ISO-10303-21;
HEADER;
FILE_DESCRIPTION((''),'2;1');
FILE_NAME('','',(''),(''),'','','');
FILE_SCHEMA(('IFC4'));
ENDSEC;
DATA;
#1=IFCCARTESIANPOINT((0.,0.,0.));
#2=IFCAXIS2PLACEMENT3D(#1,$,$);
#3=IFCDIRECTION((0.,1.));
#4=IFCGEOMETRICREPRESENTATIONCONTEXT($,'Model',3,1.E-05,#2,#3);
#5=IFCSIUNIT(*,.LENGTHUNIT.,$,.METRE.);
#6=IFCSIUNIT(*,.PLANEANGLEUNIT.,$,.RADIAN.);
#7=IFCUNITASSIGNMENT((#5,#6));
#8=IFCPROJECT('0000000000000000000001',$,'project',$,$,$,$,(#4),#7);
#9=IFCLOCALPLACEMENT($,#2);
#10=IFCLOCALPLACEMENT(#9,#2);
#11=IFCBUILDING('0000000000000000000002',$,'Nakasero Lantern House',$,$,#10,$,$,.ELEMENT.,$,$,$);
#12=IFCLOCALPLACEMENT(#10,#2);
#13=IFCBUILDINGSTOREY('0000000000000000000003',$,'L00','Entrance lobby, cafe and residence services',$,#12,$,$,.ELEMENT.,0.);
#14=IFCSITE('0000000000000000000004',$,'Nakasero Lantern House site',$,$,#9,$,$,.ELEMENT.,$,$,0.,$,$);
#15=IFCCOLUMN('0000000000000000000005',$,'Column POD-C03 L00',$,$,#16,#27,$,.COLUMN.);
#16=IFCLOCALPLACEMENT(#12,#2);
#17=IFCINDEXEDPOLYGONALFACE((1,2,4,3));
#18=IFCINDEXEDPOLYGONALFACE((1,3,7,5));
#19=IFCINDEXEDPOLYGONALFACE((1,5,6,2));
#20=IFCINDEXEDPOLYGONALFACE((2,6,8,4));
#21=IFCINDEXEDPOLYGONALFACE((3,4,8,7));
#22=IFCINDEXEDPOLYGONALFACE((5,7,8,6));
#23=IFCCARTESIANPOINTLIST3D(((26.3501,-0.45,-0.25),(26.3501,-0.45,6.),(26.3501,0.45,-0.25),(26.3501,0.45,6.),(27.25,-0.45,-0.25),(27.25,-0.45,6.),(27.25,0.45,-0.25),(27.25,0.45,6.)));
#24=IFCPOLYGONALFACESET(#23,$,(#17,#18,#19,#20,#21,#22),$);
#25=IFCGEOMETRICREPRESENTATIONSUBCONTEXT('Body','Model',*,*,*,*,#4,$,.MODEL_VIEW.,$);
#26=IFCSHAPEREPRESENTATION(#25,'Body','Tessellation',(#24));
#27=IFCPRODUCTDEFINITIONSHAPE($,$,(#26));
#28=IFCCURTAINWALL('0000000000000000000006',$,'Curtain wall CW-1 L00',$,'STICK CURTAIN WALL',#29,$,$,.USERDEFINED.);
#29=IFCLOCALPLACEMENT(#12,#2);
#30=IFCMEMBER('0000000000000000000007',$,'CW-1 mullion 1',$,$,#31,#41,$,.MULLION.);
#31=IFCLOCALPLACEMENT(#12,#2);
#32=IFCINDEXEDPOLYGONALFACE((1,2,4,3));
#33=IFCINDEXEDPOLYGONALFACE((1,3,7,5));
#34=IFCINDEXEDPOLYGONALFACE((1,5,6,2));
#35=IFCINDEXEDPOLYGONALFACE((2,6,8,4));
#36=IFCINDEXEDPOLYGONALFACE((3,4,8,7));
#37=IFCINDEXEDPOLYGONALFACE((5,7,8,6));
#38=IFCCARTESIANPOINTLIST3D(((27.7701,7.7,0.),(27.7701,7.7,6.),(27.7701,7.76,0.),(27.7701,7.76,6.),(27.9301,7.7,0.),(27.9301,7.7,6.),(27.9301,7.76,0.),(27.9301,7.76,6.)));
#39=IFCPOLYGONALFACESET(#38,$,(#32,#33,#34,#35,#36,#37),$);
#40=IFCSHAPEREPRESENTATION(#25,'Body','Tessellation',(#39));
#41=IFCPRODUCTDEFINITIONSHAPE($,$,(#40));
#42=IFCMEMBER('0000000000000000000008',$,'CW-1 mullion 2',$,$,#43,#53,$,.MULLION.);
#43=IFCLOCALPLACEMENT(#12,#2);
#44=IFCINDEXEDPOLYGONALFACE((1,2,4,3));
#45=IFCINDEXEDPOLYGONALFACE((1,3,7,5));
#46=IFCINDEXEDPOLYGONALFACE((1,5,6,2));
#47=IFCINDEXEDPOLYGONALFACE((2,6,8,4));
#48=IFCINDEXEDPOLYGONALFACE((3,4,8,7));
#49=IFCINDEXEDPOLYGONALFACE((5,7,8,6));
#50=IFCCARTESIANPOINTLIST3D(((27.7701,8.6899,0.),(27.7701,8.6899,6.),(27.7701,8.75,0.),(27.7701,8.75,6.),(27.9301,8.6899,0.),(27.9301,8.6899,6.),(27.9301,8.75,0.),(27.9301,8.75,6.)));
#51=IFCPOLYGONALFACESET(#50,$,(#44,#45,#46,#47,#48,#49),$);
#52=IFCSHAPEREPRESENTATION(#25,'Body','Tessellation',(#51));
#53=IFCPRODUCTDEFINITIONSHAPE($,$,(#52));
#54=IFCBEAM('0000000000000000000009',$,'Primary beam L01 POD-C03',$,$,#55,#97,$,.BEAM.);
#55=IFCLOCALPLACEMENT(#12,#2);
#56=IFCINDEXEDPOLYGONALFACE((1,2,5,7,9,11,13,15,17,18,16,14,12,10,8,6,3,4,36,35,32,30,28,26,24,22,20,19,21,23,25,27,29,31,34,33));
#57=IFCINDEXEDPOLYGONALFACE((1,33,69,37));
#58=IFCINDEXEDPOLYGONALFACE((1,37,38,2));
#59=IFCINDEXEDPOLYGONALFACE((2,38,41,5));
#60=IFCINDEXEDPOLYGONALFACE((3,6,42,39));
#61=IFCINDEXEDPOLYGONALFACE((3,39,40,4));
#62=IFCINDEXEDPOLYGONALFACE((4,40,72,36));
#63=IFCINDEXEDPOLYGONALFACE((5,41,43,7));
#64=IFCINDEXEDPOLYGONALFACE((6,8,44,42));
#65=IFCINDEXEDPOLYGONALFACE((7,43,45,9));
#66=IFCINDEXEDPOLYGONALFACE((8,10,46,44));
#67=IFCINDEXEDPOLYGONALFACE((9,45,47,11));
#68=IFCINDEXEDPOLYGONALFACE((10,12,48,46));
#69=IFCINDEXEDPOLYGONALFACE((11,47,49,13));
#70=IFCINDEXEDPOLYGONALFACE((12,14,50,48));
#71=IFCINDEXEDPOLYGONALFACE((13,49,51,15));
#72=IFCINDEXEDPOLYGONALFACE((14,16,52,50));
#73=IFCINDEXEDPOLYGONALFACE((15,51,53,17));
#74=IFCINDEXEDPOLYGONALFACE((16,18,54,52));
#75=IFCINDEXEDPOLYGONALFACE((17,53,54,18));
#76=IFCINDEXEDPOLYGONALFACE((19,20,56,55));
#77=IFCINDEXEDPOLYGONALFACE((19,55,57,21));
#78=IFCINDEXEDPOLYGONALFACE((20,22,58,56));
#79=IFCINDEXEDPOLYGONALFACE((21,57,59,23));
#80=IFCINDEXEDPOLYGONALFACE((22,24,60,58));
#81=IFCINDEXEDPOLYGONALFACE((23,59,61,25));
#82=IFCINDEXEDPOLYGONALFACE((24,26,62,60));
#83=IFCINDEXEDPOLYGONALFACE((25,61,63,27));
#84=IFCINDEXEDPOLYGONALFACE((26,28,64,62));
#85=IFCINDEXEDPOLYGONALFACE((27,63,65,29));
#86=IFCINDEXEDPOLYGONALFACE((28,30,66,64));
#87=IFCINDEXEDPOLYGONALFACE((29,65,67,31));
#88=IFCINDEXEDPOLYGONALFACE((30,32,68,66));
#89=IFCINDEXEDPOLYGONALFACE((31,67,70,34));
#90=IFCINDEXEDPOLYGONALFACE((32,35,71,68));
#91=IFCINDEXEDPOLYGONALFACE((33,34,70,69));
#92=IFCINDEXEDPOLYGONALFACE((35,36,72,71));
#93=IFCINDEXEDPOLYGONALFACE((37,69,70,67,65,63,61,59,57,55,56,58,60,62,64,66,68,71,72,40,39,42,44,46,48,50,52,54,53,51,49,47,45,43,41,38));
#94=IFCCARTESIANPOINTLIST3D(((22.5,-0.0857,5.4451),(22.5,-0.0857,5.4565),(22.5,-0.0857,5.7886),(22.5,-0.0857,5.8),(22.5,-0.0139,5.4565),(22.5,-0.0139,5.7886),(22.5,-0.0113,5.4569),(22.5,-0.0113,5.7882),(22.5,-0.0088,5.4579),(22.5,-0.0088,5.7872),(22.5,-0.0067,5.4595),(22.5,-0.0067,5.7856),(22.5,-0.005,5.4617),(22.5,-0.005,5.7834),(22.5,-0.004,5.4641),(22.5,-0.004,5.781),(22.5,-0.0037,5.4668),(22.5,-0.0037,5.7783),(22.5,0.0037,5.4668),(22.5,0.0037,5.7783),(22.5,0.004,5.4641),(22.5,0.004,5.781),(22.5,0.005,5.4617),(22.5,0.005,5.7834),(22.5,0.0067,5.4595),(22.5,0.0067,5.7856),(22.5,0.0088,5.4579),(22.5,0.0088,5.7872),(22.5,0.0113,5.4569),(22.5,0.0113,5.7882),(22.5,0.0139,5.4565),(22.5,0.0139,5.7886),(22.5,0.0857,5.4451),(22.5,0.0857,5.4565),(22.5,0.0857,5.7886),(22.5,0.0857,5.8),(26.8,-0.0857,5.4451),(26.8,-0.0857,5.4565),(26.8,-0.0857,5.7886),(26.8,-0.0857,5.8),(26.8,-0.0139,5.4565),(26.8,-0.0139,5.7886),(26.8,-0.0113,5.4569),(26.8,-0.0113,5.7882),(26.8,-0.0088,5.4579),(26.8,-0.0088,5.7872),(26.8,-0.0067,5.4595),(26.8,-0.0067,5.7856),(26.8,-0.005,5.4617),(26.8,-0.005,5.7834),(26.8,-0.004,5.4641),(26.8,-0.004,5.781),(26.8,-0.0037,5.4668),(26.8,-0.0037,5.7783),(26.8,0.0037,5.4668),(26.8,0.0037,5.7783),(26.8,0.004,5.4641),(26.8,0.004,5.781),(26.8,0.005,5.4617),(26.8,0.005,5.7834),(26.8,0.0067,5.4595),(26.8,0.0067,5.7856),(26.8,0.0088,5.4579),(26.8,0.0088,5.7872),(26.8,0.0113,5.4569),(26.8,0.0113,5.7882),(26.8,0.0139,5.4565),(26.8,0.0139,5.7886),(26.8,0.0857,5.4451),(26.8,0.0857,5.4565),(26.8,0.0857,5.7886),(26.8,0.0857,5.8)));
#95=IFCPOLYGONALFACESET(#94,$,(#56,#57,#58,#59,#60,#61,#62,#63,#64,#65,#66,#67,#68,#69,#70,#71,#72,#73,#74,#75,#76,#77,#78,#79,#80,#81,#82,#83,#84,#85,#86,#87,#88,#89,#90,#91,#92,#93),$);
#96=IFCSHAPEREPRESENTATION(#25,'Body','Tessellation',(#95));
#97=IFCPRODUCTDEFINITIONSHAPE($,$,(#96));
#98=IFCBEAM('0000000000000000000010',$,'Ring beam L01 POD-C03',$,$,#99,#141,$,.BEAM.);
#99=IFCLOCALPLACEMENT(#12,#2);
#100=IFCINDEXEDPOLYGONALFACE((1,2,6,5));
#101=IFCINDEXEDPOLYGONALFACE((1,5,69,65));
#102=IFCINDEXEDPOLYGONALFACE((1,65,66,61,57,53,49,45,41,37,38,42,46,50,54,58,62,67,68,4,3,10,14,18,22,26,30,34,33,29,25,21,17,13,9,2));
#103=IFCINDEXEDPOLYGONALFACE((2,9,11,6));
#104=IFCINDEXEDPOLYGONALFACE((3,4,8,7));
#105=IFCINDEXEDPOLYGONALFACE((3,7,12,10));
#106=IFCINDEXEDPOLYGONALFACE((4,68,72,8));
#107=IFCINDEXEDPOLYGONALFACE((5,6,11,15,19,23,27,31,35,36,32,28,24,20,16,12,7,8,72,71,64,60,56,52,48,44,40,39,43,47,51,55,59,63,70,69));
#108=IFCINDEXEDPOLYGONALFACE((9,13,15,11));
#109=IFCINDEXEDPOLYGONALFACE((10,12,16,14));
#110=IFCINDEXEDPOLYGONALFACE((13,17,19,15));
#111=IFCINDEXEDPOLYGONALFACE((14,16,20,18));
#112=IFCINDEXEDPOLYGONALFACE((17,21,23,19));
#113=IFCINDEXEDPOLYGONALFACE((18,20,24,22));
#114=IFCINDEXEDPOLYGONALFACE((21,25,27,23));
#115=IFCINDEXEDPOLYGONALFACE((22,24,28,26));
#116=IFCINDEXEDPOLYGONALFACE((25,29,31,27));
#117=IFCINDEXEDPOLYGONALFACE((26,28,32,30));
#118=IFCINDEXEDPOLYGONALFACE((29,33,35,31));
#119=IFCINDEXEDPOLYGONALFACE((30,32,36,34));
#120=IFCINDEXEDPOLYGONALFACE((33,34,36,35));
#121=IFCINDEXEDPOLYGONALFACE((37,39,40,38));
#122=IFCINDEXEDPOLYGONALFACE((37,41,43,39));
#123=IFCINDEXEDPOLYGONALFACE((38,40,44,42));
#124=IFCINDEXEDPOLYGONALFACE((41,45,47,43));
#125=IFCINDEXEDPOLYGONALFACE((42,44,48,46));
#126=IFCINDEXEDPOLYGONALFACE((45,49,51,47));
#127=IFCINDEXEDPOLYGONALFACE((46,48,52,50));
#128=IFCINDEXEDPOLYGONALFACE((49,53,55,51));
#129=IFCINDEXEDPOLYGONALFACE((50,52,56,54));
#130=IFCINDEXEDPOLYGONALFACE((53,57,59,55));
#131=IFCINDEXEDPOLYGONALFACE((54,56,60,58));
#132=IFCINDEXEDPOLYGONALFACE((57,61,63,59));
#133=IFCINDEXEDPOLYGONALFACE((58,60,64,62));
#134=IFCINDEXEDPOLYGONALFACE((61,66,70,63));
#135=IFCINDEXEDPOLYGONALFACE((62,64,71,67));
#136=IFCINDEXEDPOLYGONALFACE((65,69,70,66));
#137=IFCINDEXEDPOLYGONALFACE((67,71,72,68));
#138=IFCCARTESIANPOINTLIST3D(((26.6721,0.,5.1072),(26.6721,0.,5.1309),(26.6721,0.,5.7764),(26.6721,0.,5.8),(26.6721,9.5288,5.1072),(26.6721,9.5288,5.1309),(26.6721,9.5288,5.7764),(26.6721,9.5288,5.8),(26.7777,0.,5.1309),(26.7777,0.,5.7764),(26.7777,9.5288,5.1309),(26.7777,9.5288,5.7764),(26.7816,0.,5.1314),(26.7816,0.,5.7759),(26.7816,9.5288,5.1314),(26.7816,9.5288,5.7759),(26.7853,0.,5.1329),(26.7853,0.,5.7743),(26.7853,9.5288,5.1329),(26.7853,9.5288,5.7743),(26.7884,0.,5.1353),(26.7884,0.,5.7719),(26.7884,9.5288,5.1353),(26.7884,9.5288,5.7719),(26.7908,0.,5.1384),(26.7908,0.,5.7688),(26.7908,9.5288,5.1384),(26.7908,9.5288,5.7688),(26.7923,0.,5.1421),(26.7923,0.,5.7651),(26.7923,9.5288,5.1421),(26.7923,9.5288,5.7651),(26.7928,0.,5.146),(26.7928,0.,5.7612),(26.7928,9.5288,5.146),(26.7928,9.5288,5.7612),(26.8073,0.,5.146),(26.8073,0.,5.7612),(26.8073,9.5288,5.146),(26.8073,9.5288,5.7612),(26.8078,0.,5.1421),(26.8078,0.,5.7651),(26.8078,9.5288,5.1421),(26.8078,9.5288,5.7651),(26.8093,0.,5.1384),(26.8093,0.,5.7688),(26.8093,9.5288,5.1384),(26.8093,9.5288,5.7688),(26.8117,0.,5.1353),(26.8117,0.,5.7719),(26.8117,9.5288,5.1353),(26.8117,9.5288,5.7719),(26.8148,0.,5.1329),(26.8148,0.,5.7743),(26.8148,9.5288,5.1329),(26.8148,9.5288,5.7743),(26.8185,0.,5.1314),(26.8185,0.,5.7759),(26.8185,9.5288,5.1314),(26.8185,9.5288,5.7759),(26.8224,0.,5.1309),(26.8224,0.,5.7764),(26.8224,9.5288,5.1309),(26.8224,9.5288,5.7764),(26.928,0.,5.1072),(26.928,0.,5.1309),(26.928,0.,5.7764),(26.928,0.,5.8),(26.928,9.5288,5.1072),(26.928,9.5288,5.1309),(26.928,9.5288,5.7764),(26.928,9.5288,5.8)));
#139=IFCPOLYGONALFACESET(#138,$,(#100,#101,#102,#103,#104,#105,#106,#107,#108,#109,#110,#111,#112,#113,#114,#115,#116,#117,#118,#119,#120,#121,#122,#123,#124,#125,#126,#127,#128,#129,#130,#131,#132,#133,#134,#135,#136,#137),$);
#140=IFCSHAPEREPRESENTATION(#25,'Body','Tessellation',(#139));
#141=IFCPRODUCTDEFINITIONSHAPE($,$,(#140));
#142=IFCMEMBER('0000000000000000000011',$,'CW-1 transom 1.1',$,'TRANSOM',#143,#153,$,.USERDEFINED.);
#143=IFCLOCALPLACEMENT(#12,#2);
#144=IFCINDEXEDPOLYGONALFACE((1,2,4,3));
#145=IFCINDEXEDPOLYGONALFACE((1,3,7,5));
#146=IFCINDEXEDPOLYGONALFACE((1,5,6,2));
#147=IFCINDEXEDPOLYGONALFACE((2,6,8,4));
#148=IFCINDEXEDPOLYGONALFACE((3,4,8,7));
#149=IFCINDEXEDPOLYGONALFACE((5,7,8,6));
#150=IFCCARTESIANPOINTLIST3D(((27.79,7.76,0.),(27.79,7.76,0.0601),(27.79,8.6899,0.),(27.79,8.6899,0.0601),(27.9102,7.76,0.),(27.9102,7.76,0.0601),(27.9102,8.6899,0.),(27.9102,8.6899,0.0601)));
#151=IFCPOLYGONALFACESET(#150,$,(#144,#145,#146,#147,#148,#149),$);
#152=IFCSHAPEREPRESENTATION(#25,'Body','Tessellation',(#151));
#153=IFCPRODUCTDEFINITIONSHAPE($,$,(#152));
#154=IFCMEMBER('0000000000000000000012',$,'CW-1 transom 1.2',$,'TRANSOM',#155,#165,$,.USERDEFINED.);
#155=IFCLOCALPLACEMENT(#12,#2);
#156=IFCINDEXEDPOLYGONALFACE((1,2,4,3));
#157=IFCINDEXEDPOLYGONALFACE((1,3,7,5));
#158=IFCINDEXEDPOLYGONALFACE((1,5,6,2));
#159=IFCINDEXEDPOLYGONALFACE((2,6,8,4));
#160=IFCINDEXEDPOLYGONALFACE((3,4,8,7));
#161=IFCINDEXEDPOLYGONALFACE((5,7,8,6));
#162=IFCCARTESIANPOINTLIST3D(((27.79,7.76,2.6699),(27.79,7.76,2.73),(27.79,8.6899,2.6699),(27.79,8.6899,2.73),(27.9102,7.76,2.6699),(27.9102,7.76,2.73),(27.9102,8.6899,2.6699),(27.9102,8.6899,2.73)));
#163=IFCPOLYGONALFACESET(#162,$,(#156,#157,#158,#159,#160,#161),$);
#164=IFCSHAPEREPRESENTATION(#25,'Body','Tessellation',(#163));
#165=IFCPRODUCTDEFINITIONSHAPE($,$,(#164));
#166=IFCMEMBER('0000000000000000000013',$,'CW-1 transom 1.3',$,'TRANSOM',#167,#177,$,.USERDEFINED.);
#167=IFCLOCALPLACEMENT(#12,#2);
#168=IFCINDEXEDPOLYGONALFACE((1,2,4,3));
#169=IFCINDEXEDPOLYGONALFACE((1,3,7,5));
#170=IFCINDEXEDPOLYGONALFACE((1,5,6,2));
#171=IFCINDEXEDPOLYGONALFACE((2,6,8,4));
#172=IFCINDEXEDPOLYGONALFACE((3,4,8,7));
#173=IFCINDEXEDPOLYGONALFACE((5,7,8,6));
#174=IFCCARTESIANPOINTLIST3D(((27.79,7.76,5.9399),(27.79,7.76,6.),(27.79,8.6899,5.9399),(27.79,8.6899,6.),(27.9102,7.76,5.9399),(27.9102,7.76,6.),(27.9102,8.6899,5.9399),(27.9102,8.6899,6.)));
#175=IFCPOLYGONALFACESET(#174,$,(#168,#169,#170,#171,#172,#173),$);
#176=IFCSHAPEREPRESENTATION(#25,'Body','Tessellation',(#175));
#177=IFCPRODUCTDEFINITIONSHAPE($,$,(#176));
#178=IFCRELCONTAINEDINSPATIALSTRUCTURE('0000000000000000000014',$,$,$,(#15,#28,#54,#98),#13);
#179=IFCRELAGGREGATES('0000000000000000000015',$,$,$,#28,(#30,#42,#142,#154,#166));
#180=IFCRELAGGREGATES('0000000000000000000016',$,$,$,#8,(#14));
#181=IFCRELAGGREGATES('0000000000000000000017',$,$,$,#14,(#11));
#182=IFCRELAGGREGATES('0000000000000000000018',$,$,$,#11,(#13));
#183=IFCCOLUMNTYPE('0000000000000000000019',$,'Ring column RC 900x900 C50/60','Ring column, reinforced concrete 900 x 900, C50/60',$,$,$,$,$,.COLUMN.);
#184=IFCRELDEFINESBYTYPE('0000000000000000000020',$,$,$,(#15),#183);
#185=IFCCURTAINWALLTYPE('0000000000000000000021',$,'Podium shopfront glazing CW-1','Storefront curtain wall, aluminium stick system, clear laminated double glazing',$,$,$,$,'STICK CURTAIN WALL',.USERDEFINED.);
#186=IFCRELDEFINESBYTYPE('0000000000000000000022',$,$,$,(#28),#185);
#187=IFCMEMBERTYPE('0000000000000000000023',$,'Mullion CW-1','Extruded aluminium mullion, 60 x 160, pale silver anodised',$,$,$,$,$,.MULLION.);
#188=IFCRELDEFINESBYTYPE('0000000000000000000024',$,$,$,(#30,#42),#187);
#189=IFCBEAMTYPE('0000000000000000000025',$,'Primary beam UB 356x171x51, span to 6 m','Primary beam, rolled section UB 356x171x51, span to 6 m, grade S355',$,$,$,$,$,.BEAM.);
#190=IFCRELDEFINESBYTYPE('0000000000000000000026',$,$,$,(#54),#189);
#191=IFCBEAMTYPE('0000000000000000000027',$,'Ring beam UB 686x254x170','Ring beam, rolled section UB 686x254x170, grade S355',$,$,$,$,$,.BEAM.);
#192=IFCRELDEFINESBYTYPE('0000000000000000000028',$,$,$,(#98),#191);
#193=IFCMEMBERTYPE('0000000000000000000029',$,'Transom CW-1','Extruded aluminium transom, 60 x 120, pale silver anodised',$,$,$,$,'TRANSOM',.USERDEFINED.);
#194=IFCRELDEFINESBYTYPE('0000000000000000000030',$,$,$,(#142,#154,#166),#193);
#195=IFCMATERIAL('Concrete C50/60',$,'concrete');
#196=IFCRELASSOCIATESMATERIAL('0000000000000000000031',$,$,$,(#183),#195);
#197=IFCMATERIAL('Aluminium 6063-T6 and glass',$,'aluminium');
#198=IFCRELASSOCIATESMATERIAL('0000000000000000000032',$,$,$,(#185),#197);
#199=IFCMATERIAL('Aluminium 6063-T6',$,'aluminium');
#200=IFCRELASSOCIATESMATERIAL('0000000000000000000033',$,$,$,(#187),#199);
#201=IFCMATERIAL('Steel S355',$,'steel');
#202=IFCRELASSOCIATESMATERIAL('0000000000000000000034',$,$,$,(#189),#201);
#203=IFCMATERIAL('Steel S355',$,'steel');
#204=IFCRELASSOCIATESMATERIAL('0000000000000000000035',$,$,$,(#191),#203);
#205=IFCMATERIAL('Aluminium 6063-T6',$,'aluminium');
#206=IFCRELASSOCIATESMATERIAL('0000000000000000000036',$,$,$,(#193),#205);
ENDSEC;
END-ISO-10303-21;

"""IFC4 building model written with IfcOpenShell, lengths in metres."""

from ifc_helpers import new_model, si_unit, direction, frame, origin, origin_2d, place, context, subcontext, project, spatial, rectangle, i_section, extrude, material, material_profile, profile_set, type_object, element, aggregate, save


model = new_model("IFC4")

# Units and contexts
model_context = context("Model", 3, precision=1e-05, world=origin(), true_north=direction((0.0, 1.0)))
body_context = subcontext(model_context, "Body", "Model", "MODEL_VIEW")
ifc_project = project(units=[si_unit("LENGTHUNIT", "METRE"), si_unit("PLANEANGLEUNIT", "RADIAN")], contexts=[model_context])

# Site, building, storey
site_placement = place(None, origin())
site = spatial("IfcSite", under=ifc_project, at=site_placement, Name="Nakasero Lantern House site", CompositionType="ELEMENT", RefElevation=0.0)
building_placement = place(site_placement, origin())
building = spatial("IfcBuilding", under=site, at=building_placement, Name="Nakasero Lantern House", CompositionType="ELEMENT")
storey_placement = place(building_placement, origin())
storey = spatial("IfcBuildingStorey", under=building, at=storey_placement, Name="L00", Description="Entrance lobby, cafe and residence services", CompositionType="ELEMENT", Elevation=0.0)

# Column
ifc_material_1 = material(Name="Concrete C50/60", Category="concrete")
ifc_material_profile_1 = material_profile(ifc_material_1, rectangle(XDim=0.8999, YDim=0.8999, at=origin_2d()), Name="RC 900x900")
ifc_profile_set_1 = profile_set([ifc_material_profile_1], Name="Concrete C50/60")
column_type = type_object("IfcColumnType", Name="Ring column RC 900x900 C50/60", Description="Ring column, reinforced concrete 900 x 900, C50/60", PredefinedType="COLUMN", material=ifc_profile_set_1)
column_placement = place(storey_placement, frame((26.8, 0.0, -0.25), z_axis=(0.0, 0.0, 1.0), x_axis=(1.0, 0.0, 0.0)))
element("IfcColumn", 1, at=column_placement, inside=storey, type_object=column_type, Name="Column POD-C03 L00", PredefinedType="COLUMN", context=body_context, shape_type="SweptSolid", body=[
    extrude(rectangle(XDim=0.8999, YDim=0.8999, at=origin_2d()), origin(), (0.0, 0.0, 1.0), 6.25),
])

# Curtain wall, members
ifc_material_2 = material(Name="Aluminium 6063-T6 and glass", Category="aluminium")
curtain_wall_type = type_object("IfcCurtainWallType", Name="Podium shopfront glazing CW-1", Description="Storefront curtain wall, aluminium stick system, clear laminated double glazing", ElementType="STICK CURTAIN WALL", PredefinedType="USERDEFINED", material=ifc_material_2)
curtain_wall_placement = place(storey_placement, origin())
curtain_wall = element("IfcCurtainWall", 2, at=curtain_wall_placement, inside=storey, type_object=curtain_wall_type, Name="Curtain wall CW-1 L00", ObjectType="STICK CURTAIN WALL", PredefinedType="USERDEFINED")
ifc_material_3 = material(Name="Aluminium 6063-T6", Category="aluminium")
ifc_material_profile_2 = material_profile(ifc_material_3, rectangle(XDim=0.0601, YDim=0.1599, at=origin_2d()), Name="CW-1 mullion 60x160")
ifc_profile_set_2 = profile_set([ifc_material_profile_2], Name="Aluminium 6063-T6")
member_type_1 = type_object("IfcMemberType", Name="Mullion CW-1", Description="Extruded aluminium mullion, 60 x 160, pale silver anodised", PredefinedType="MULLION", material=ifc_profile_set_2)
member_1_placement = place(storey_placement, frame((27.8501, 7.73, 0.0), z_axis=(0.0, 0.0, 1.0), x_axis=(0.0, 1.0, 0.0)))
member_1 = element("IfcMember", 3, at=member_1_placement, type_object=member_type_1, Name="CW-1 mullion 1", PredefinedType="MULLION", context=body_context, shape_type="SweptSolid", body=[
    extrude(rectangle(XDim=0.0601, YDim=0.1599, at=origin_2d()), origin(), (0.0, 0.0, 1.0), 6.0),
])
member_2_placement = place(storey_placement, frame((27.8501, 8.72, 0.0), z_axis=(0.0, 0.0, 1.0), x_axis=(0.0, 1.0, 0.0)))
member_2 = element("IfcMember", 4, at=member_2_placement, type_object=member_type_1, Name="CW-1 mullion 2", PredefinedType="MULLION", context=body_context, shape_type="SweptSolid", body=[
    extrude(rectangle(XDim=0.0601, YDim=0.1599, at=origin_2d()), origin(), (0.0, 0.0, 1.0), 6.0),
])

# Beams
ifc_material_4 = material(Name="Steel S355", Category="steel")
ifc_material_profile_3 = material_profile(ifc_material_4, i_section(OverallWidth=0.1714, OverallDepth=0.355, WebThickness=0.0073, FlangeThickness=0.0115, FilletRadius=0.0103, at=origin_2d()), Name="UB 356x171x51")
ifc_profile_set_3 = profile_set([ifc_material_profile_3], Name="Steel S355")
beam_type_1 = type_object("IfcBeamType", Name="Primary beam UB 356x171x51, span to 6 m", Description="Primary beam, rolled section UB 356x171x51, span to 6 m, grade S355", PredefinedType="BEAM", material=ifc_profile_set_3)
beam_1_placement = place(storey_placement, frame((26.8, 0.0, 5.6226), z_axis=(-1.0, 0.0, 0.0), x_axis=(0.0, -1.0, 0.0)))
element("IfcBeam", 5, at=beam_1_placement, inside=storey, type_object=beam_type_1, Name="Primary beam L01 POD-C03", PredefinedType="BEAM", context=body_context, shape_type="SweptSolid", body=[
    extrude(i_section(OverallWidth=0.1714, OverallDepth=0.355, WebThickness=0.0073, FlangeThickness=0.0115, FilletRadius=0.0103, at=origin_2d()), origin(), (0.0, 0.0, 1.0), 4.3),
])
ifc_material_5 = material(Name="Steel S355", Category="steel")
ifc_material_profile_4 = material_profile(ifc_material_5, i_section(OverallWidth=0.2559, OverallDepth=0.6929, WebThickness=0.0144, FlangeThickness=0.0237, FilletRadius=0.0151, at=origin_2d()), Name="UB 686x254x170")
ifc_profile_set_4 = profile_set([ifc_material_profile_4], Name="Steel S355")
beam_type_2 = type_object("IfcBeamType", Name="Ring beam UB 686x254x170", Description="Ring beam, rolled section UB 686x254x170, grade S355", PredefinedType="BEAM", material=ifc_profile_set_4)
beam_2_placement = place(storey_placement, frame((26.8, 0.0, 5.4536), z_axis=(0.0, 1.0, 0.0), x_axis=(-1.0, 0.0, 0.0)))
element("IfcBeam", 6, at=beam_2_placement, inside=storey, type_object=beam_type_2, Name="Ring beam L01 POD-C03", PredefinedType="BEAM", context=body_context, shape_type="SweptSolid", body=[
    extrude(i_section(OverallWidth=0.2559, OverallDepth=0.6929, WebThickness=0.0144, FlangeThickness=0.0237, FilletRadius=0.0151, at=origin_2d()), origin(), (0.0, 0.0, 1.0), 9.5288),
])

# Members
ifc_material_6 = material(Name="Aluminium 6063-T6", Category="aluminium")
ifc_material_profile_5 = material_profile(ifc_material_6, rectangle(XDim=0.0601, YDim=0.1201, at=origin_2d()), Name="CW-1 transom 60x120")
ifc_profile_set_5 = profile_set([ifc_material_profile_5], Name="Aluminium 6063-T6")
member_type_2 = type_object("IfcMemberType", Name="Transom CW-1", Description="Extruded aluminium transom, 60 x 120, pale silver anodised", ElementType="TRANSOM", PredefinedType="USERDEFINED", material=ifc_profile_set_5)
member_3_placement = place(storey_placement, frame((27.8501, 7.76, 0.03), z_axis=(0.0, 1.0, 0.0), x_axis=(0.0, 0.0, 1.0)))
member_3 = element("IfcMember", 7, at=member_3_placement, type_object=member_type_2, Name="CW-1 transom 1.1", ObjectType="TRANSOM", PredefinedType="USERDEFINED", context=body_context, shape_type="SweptSolid", body=[
    extrude(rectangle(XDim=0.0601, YDim=0.1201, at=origin_2d()), origin(), (0.0, 0.0, 1.0), 0.9299),
])
member_4_placement = place(storey_placement, frame((27.8501, 7.76, 2.7), z_axis=(0.0, 1.0, 0.0), x_axis=(0.0, 0.0, 1.0)))
member_4 = element("IfcMember", 8, at=member_4_placement, type_object=member_type_2, Name="CW-1 transom 1.2", ObjectType="TRANSOM", PredefinedType="USERDEFINED", context=body_context, shape_type="SweptSolid", body=[
    extrude(rectangle(XDim=0.0601, YDim=0.1201, at=origin_2d()), origin(), (0.0, 0.0, 1.0), 0.9299),
])
member_5_placement = place(storey_placement, frame((27.8501, 7.76, 5.97), z_axis=(0.0, 1.0, 0.0), x_axis=(0.0, 0.0, 1.0)))
member_5 = element("IfcMember", 9, at=member_5_placement, type_object=member_type_2, Name="CW-1 transom 1.3", ObjectType="TRANSOM", PredefinedType="USERDEFINED", context=body_context, shape_type="SweptSolid", body=[
    extrude(rectangle(XDim=0.0601, YDim=0.1201, at=origin_2d()), origin(), (0.0, 0.0, 1.0), 0.9299),
])

aggregate(curtain_wall, [member_1, member_2, member_3, member_4, member_5])

save(model, "model.ifc")
